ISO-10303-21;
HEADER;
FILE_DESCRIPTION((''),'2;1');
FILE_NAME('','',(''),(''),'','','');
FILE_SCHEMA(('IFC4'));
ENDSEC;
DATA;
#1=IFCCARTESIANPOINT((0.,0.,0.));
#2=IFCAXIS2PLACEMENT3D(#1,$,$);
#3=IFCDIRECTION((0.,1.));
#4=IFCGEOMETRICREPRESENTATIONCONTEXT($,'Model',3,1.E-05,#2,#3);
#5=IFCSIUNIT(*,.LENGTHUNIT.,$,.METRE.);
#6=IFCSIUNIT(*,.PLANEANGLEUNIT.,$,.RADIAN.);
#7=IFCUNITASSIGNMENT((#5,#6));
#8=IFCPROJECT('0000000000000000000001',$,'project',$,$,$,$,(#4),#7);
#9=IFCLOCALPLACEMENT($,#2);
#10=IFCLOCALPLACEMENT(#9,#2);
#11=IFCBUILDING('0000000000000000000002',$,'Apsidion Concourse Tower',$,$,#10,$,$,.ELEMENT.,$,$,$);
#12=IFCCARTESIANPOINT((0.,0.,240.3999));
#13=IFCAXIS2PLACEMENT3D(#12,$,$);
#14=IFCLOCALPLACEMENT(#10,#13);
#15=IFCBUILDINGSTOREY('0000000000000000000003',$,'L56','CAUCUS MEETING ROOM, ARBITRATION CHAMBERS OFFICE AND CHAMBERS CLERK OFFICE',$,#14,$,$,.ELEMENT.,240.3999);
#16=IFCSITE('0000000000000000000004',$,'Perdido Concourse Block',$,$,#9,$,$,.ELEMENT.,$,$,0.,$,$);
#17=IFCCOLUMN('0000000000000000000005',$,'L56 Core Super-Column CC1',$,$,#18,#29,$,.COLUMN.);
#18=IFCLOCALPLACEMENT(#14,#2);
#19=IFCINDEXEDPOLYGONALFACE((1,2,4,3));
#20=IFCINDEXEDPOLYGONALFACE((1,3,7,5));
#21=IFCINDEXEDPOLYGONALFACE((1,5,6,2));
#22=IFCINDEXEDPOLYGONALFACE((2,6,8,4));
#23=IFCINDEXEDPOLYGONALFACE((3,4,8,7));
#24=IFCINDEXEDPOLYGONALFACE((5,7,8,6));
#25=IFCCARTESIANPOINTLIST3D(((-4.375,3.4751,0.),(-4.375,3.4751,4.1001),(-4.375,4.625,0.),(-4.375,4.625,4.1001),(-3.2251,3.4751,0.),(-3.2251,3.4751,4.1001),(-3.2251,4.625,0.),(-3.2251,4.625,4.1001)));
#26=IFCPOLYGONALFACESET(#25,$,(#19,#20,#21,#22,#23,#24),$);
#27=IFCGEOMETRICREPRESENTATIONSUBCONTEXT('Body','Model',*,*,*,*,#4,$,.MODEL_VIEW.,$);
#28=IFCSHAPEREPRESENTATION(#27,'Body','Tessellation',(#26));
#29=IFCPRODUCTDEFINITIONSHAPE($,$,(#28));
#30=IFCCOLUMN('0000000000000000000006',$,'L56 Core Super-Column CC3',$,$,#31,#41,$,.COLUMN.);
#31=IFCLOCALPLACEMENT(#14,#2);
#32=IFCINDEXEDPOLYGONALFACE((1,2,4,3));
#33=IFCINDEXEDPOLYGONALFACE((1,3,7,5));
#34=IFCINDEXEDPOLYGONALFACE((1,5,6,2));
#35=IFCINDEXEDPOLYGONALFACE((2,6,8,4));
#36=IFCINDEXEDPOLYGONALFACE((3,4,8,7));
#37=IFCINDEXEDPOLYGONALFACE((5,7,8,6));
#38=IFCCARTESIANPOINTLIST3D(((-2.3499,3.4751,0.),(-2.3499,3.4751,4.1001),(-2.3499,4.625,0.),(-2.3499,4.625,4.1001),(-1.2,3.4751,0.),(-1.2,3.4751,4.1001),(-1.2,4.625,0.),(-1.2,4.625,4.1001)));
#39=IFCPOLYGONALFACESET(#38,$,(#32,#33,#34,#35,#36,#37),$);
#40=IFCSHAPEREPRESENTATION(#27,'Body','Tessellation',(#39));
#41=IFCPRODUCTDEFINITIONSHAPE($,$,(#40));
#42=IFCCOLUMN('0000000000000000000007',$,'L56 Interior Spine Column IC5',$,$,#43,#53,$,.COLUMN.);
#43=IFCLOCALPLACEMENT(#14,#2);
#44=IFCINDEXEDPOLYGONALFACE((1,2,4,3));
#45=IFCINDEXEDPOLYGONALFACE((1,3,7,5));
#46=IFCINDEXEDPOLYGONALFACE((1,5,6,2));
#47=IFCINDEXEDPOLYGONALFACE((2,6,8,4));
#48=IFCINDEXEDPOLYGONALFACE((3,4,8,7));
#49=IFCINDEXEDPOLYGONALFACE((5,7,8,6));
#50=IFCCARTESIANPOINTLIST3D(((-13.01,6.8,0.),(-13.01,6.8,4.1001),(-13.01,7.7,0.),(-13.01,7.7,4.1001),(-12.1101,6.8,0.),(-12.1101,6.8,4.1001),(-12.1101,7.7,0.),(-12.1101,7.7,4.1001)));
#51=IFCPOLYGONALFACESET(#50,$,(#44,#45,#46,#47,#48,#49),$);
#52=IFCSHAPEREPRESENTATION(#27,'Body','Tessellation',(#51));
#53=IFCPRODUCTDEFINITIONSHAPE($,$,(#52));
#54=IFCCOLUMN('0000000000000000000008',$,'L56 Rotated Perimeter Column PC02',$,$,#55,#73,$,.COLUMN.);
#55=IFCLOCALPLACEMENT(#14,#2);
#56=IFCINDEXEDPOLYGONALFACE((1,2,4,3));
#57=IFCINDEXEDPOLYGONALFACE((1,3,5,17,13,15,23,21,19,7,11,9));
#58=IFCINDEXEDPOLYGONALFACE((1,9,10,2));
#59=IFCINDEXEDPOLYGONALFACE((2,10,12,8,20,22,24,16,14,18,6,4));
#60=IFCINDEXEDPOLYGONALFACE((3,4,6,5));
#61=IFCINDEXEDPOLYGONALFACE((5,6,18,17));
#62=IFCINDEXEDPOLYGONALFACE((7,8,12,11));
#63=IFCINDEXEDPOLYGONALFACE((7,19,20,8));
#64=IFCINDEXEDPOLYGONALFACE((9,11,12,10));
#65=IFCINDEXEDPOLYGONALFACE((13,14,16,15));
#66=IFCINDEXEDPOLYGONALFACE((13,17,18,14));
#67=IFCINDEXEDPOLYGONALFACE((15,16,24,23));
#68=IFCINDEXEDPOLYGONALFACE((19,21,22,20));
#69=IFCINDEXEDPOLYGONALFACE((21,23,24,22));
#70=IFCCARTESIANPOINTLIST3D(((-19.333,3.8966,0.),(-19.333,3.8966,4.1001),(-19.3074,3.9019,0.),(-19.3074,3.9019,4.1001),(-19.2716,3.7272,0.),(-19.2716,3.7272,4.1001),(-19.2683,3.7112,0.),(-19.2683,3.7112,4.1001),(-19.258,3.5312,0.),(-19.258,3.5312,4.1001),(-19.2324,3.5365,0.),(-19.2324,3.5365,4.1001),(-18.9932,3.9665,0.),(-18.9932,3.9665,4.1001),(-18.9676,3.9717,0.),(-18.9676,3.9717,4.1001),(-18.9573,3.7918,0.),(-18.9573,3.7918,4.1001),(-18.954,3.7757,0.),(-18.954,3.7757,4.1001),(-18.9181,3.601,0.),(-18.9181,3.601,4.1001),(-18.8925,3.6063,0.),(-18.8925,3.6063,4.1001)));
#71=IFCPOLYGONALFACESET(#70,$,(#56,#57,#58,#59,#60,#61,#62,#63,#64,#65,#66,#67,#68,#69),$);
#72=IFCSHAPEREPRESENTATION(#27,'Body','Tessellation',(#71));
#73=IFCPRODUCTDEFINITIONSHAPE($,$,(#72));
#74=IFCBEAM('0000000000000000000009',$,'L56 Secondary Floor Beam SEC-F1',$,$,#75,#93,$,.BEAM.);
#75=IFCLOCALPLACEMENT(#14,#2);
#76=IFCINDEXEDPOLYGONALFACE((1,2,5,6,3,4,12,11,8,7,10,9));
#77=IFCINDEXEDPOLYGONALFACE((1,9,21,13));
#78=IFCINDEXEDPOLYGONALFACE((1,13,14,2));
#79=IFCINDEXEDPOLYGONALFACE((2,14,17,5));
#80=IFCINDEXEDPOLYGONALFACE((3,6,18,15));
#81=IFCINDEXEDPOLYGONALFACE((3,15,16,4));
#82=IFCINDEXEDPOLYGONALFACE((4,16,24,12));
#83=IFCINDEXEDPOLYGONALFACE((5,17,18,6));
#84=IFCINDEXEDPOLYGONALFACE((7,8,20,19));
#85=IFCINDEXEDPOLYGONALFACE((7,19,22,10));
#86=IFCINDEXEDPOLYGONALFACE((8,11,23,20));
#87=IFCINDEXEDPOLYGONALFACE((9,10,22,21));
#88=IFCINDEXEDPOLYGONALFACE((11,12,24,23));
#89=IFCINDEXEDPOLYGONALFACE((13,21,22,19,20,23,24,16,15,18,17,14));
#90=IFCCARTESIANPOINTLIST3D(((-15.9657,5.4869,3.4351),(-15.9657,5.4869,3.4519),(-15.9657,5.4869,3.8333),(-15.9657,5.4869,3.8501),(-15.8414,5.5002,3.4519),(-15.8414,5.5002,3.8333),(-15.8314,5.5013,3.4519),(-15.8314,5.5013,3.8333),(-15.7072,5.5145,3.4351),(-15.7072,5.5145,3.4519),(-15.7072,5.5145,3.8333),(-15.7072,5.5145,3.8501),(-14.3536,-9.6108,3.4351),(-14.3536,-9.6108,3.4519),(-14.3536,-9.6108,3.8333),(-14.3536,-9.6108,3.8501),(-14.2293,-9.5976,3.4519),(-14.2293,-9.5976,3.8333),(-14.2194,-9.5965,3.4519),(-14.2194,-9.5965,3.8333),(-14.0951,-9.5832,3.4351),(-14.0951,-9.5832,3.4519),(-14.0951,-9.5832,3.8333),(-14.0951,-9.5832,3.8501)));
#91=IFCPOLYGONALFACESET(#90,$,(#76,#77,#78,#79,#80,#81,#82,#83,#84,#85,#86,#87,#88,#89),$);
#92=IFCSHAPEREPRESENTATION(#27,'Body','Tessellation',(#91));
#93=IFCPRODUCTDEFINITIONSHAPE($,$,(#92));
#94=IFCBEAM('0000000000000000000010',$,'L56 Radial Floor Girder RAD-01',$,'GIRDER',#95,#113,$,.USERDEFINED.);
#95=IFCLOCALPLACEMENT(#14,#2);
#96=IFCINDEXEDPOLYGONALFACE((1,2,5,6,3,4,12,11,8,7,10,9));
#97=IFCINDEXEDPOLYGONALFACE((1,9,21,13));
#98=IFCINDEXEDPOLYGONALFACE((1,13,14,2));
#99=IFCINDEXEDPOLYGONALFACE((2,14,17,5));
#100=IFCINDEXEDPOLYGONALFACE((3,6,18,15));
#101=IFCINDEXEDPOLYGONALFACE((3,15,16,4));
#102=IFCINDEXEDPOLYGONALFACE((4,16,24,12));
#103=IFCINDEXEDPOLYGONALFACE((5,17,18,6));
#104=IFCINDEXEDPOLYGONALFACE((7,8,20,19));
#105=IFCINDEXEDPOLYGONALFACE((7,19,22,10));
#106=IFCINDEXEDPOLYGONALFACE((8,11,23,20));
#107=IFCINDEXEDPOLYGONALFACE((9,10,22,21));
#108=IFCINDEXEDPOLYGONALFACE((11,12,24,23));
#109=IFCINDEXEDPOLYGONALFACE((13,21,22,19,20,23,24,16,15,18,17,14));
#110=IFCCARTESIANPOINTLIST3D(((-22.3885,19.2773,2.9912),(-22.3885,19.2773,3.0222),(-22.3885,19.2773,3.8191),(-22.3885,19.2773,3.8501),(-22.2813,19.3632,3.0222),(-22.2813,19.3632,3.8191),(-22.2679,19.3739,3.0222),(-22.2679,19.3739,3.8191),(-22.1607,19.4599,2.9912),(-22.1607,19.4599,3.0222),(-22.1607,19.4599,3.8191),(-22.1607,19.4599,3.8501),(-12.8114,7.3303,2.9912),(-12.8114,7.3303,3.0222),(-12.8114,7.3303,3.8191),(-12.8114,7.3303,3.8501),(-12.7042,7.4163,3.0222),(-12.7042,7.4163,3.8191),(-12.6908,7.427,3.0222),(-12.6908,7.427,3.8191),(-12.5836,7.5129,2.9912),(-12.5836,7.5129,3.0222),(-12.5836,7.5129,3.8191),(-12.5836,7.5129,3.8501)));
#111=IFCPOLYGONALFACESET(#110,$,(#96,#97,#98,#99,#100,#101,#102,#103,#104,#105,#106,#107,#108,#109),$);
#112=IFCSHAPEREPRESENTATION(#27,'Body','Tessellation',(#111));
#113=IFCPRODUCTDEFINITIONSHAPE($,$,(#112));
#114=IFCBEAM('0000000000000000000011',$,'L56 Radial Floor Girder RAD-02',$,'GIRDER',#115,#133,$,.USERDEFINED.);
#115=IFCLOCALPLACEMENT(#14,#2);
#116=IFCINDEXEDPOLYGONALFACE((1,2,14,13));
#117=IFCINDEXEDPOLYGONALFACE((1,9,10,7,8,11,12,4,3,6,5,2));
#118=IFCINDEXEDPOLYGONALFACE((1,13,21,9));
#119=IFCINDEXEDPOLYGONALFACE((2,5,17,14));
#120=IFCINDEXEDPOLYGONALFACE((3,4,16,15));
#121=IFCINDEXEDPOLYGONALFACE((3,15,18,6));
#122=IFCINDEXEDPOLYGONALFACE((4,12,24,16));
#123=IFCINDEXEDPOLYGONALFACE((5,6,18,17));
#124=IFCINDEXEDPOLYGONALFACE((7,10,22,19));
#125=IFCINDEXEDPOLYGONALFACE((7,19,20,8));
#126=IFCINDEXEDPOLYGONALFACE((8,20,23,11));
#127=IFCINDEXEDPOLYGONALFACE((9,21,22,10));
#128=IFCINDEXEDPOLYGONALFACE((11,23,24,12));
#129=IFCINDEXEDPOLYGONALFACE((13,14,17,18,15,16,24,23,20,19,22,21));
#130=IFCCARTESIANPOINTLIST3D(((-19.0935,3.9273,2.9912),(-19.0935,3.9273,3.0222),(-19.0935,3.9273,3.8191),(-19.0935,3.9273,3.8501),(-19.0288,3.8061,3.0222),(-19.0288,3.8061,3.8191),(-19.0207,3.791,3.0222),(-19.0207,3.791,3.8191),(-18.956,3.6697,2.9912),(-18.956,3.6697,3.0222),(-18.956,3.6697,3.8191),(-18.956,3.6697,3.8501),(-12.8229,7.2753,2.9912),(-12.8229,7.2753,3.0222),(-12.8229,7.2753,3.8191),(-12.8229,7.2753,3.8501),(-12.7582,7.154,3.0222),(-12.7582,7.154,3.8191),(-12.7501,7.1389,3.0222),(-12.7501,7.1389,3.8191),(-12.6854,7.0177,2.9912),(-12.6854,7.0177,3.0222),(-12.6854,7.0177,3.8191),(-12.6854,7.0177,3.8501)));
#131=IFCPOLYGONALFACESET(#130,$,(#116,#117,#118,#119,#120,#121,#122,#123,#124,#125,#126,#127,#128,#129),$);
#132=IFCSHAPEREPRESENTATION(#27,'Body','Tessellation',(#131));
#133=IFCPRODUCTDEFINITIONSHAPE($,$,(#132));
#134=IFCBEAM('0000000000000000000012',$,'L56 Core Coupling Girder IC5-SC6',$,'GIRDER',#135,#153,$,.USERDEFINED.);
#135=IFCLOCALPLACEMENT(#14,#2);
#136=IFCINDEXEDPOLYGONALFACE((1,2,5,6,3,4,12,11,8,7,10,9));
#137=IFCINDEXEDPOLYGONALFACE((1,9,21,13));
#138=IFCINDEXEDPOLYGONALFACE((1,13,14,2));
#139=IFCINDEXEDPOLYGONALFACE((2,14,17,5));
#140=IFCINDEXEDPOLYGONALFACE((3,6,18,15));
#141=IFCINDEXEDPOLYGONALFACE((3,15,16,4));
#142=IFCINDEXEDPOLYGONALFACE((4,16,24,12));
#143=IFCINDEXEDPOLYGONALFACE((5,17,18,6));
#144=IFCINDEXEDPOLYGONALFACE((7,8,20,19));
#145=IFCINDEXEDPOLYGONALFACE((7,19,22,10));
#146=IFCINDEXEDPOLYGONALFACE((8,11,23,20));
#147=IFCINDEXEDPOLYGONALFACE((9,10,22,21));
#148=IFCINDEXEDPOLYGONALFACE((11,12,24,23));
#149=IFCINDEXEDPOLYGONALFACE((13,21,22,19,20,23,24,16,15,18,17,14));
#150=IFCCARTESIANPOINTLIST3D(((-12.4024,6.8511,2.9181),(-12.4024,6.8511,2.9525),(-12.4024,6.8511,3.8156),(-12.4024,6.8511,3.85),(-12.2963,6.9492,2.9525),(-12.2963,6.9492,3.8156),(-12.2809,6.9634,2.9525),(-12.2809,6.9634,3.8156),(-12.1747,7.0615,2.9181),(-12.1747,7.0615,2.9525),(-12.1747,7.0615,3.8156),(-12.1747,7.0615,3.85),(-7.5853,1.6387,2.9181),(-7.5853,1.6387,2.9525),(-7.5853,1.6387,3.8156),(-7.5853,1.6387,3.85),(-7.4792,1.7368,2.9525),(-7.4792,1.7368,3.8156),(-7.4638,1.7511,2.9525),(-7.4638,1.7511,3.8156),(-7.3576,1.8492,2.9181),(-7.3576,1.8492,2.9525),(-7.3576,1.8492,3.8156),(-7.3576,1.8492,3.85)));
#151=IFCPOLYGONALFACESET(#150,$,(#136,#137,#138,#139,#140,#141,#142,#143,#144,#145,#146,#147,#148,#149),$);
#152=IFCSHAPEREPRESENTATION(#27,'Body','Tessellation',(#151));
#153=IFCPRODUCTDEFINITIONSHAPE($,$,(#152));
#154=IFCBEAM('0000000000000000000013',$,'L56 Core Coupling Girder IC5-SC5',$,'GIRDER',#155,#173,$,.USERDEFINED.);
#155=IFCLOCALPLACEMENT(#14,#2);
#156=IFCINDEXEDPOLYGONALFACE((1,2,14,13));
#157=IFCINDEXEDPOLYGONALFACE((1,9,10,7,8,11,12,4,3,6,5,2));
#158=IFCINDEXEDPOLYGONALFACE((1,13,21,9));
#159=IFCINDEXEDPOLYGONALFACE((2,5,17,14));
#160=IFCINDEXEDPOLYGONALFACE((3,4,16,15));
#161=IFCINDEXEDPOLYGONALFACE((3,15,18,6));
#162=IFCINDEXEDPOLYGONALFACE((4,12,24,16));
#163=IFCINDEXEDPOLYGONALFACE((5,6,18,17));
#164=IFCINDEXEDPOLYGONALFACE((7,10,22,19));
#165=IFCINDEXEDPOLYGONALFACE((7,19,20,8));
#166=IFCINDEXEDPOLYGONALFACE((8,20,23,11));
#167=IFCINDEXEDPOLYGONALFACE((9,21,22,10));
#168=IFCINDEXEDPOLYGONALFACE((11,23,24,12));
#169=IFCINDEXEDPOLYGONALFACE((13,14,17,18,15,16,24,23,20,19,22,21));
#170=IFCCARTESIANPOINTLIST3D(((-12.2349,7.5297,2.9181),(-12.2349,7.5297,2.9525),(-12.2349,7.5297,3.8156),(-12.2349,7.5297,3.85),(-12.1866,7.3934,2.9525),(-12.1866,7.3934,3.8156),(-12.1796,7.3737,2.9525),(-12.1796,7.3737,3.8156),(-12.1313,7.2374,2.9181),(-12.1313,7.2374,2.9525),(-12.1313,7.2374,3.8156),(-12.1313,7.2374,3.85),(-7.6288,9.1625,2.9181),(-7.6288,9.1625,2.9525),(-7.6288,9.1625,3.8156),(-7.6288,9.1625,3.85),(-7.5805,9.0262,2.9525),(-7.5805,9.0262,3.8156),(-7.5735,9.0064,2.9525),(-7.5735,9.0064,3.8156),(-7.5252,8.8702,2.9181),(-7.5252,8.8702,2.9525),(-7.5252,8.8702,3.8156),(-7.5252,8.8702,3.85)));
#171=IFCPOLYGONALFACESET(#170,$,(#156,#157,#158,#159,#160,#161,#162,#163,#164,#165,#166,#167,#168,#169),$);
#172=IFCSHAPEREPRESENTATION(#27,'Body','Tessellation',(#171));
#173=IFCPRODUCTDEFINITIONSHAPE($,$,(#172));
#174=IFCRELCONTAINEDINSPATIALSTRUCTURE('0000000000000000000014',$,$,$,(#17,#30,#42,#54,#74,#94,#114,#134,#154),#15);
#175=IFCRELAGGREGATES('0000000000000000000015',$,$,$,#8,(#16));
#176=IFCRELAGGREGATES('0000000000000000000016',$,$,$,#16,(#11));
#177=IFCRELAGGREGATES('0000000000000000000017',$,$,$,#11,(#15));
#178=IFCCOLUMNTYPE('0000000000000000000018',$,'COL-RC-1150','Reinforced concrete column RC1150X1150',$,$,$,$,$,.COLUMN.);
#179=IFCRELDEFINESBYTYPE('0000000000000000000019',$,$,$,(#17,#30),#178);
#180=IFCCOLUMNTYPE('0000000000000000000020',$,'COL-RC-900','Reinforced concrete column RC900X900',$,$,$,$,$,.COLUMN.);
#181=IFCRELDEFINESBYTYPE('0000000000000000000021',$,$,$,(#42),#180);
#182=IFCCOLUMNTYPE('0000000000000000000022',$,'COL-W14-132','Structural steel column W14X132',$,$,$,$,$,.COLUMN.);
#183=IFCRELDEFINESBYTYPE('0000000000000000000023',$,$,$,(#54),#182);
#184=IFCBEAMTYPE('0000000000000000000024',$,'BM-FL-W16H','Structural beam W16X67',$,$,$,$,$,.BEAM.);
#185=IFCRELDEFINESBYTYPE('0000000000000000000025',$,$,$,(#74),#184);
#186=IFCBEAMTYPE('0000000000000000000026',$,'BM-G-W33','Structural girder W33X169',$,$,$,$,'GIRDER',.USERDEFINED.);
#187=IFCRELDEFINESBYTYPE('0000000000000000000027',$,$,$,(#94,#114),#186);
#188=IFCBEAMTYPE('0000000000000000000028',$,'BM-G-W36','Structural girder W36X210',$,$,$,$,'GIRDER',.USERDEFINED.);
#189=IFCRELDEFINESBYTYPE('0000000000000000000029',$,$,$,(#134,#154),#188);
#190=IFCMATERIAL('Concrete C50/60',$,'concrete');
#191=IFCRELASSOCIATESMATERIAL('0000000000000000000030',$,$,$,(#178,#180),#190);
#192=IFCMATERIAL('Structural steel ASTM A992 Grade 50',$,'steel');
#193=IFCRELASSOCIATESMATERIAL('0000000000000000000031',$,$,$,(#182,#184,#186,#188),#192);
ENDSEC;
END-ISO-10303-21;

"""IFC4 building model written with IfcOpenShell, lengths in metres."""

from ifc_helpers import new_model, si_unit, direction, frame, origin, origin_2d, place, context, subcontext, project, spatial, rectangle, i_section, extrude, material, material_profile, profile_set, type_object, element, save


model = new_model("IFC4")

# Units and contexts
model_context = context("Model", 3, precision=1e-05, world=origin(), true_north=direction((0.0, 1.0)))
body_context = subcontext(model_context, "Body", "Model", "MODEL_VIEW")
ifc_project = project(units=[si_unit("LENGTHUNIT", "METRE"), si_unit("PLANEANGLEUNIT", "RADIAN")], contexts=[model_context])

# Site, building, storey
site_placement = place(None, origin())
site = spatial("IfcSite", under=ifc_project, at=site_placement, Name="Perdido Concourse Block", CompositionType="ELEMENT", RefElevation=0.0)
building_placement = place(site_placement, origin())
building = spatial("IfcBuilding", under=site, at=building_placement, Name="Apsidion Concourse Tower", CompositionType="ELEMENT")
storey_placement = place(building_placement, frame((0.0, 0.0, 240.3999)))
storey = spatial("IfcBuildingStorey", under=building, at=storey_placement, Name="L56", Description="CAUCUS MEETING ROOM, ARBITRATION CHAMBERS OFFICE AND CHAMBERS CLERK OFFICE", CompositionType="ELEMENT", Elevation=240.3999)

# Columns
ifc_material_1 = material(Name="Concrete C50/60", Category="concrete")
ifc_material_profile_1 = material_profile(ifc_material_1, rectangle(XDim=1.1499, YDim=1.1499, at=origin_2d()), Name="RC 1150x1150")
ifc_profile_set_1 = profile_set([ifc_material_profile_1], Name="Concrete C50/60")
column_type_1 = type_object("IfcColumnType", Name="COL-RC-1150", Description="Reinforced concrete column RC1150X1150", PredefinedType="COLUMN", material=ifc_profile_set_1)
for number, where, z_axis, x_axis, name in (
    (1, (-3.8, 4.05, 0.0), (0.0, 0.0, 1.0), (1.0, 0.0, 0.0), "L56 Core Super-Column CC1"),
    (2, (-1.7749, 4.05, 0.0), (0.0, 0.0, 1.0), (1.0, 0.0, 0.0), "L56 Core Super-Column CC3"),
):
    element("IfcColumn", number, at=place(storey_placement, frame(where, z_axis=z_axis, x_axis=x_axis)), inside=storey, type_object=column_type_1, Name=name, PredefinedType="COLUMN", context=body_context, shape_type="SweptSolid", body=[
        extrude(rectangle(XDim=1.1499, YDim=1.1499, at=origin_2d()), origin(), (0.0, 0.0, 1.0), 4.1001),
    ])
ifc_material_profile_2 = material_profile(ifc_material_1, rectangle(XDim=0.8999, YDim=0.8999, at=origin_2d()), Name="RC 900x900")
ifc_profile_set_2 = profile_set([ifc_material_profile_2], Name="Concrete C50/60")
column_type_2 = type_object("IfcColumnType", Name="COL-RC-900", Description="Reinforced concrete column RC900X900", PredefinedType="COLUMN", material=ifc_profile_set_2)
column_1_placement = place(storey_placement, frame((-12.5601, 7.25, 0.0), z_axis=(0.0, 0.0, 1.0), x_axis=(1.0, 0.0, 0.0)))
element("IfcColumn", 3, at=column_1_placement, inside=storey, type_object=column_type_2, Name="L56 Interior Spine Column IC5", PredefinedType="COLUMN", context=body_context, shape_type="SweptSolid", body=[
    extrude(rectangle(XDim=0.8999, YDim=0.8999, at=origin_2d()), origin(), (0.0, 0.0, 1.0), 4.1001),
])
ifc_material_2 = material(Name="Structural steel ASTM A992 Grade 50", Category="steel")
ifc_material_profile_3 = material_profile(ifc_material_2, i_section(OverallWidth=0.373, OverallDepth=0.373, WebThickness=0.0164, FlangeThickness=0.0261, at=origin_2d()), Name="W14X132")
ifc_profile_set_3 = profile_set([ifc_material_profile_3], Name="Structural steel ASTM A992 Grade 50")
column_type_3 = type_object("IfcColumnType", Name="COL-W14-132", Description="Structural steel column W14X132", PredefinedType="COLUMN", material=ifc_profile_set_3)
column_2_placement = place(storey_placement, frame((-19.1128, 3.7515, 0.0), z_axis=(0.0, 0.0, 1.0), x_axis=(-0.201249, 0.97954, 0.0)))
element("IfcColumn", 4, at=column_2_placement, inside=storey, type_object=column_type_3, Name="L56 Rotated Perimeter Column PC02", PredefinedType="COLUMN", context=body_context, shape_type="SweptSolid", body=[
    extrude(i_section(OverallWidth=0.373, OverallDepth=0.373, WebThickness=0.0164, FlangeThickness=0.0261, at=origin_2d()), origin(), (0.0, 0.0, 1.0), 4.1001),
])

# Beams
ifc_material_profile_4 = material_profile(ifc_material_2, i_section(OverallWidth=0.26, OverallDepth=0.415, WebThickness=0.01, FlangeThickness=0.0168, at=origin_2d()), Name="W16X67")
ifc_profile_set_4 = profile_set([ifc_material_profile_4], Name="Structural steel ASTM A992 Grade 50")
beam_type_1 = type_object("IfcBeamType", Name="BM-FL-W16H", Description="Structural beam W16X67", PredefinedType="BEAM", material=ifc_profile_set_4)
beam_1_placement = place(storey_placement, frame((-15.8364, 5.5007, 3.6426), z_axis=(0.106172, -0.994348, 0.0), x_axis=(0.994348, 0.106172, 0.0)))
element("IfcBeam", 5, at=beam_1_placement, inside=storey, type_object=beam_type_1, Name="L56 Secondary Floor Beam SEC-F1", PredefinedType="BEAM", context=body_context, shape_type="SweptSolid", body=[
    extrude(i_section(OverallWidth=0.26, OverallDepth=0.415, WebThickness=0.01, FlangeThickness=0.0168, at=origin_2d()), origin(), (0.0, 0.0, 1.0), 15.1836),
])
ifc_material_profile_5 = material_profile(ifc_material_2, i_section(OverallWidth=0.292, OverallDepth=0.8589, WebThickness=0.0171, FlangeThickness=0.031, at=origin_2d()), Name="W33X169")
ifc_profile_set_5 = profile_set([ifc_material_profile_5], Name="Structural steel ASTM A992 Grade 50")
beam_type_2 = type_object("IfcBeamType", Name="BM-G-W33", Description="Structural girder W33X169", ElementType="GIRDER", PredefinedType="USERDEFINED", material=ifc_profile_set_5)
beam_2_placement = place(storey_placement, frame((-12.6975, 7.4216, 3.4207), z_axis=(-0.625473, 0.780246, 0.0), x_axis=(-0.780246, -0.625473, 0.0)))
element("IfcBeam", 6, at=beam_2_placement, inside=storey, type_object=beam_type_2, Name="L56 Radial Floor Girder RAD-01", ObjectType="GIRDER", PredefinedType="USERDEFINED", context=body_context, shape_type="SweptSolid", body=[
    extrude(i_section(OverallWidth=0.292, OverallDepth=0.8589, WebThickness=0.0171, FlangeThickness=0.031, at=origin_2d()), origin(), (0.0, 0.0, 1.0), 15.3118),
])
beam_3_placement = place(storey_placement, frame((-12.7542, 7.1465, 3.4207), z_axis=(-0.882141, -0.470986, 0.0), x_axis=(0.470986, -0.882141, 0.0)))
element("IfcBeam", 7, at=beam_3_placement, inside=storey, type_object=beam_type_2, Name="L56 Radial Floor Girder RAD-02", ObjectType="GIRDER", PredefinedType="USERDEFINED", context=body_context, shape_type="SweptSolid", body=[
    extrude(i_section(OverallWidth=0.292, OverallDepth=0.8589, WebThickness=0.0171, FlangeThickness=0.031, at=origin_2d()), origin(), (0.0, 0.0, 1.0), 7.1084),
])
ifc_material_profile_6 = material_profile(ifc_material_2, i_section(OverallWidth=0.3101, OverallDepth=0.9319, WebThickness=0.021, FlangeThickness=0.0344, at=origin_2d()), Name="W36X210")
ifc_profile_set_6 = profile_set([ifc_material_profile_6], Name="Structural steel ASTM A992 Grade 50")
beam_type_3 = type_object("IfcBeamType", Name="BM-G-W36", Description="Structural girder W36X210", ElementType="GIRDER", PredefinedType="USERDEFINED", material=ifc_profile_set_6)
beam_4_placement = place(storey_placement, frame((-12.2886, 6.9563, 3.384), z_axis=(0.678713, -0.734404, 0.0), x_axis=(0.734404, 0.678713, 0.0)))
element("IfcBeam", 8, at=beam_4_placement, inside=storey, type_object=beam_type_3, Name="L56 Core Coupling Girder IC5-SC6", ObjectType="GIRDER", PredefinedType="USERDEFINED", context=body_context, shape_type="SweptSolid", body=[
    extrude(i_section(OverallWidth=0.3101, OverallDepth=0.9319, WebThickness=0.021, FlangeThickness=0.0344, at=origin_2d()), origin(), (0.0, 0.0, 1.0), 7.0974),
])
beam_5_placement = place(storey_placement, frame((-12.1831, 7.3835, 3.384), z_axis=(0.942534, 0.334111, 0.0), x_axis=(-0.334111, 0.942534, 0.0)))
element("IfcBeam", 9, at=beam_5_placement, inside=storey, type_object=beam_type_3, Name="L56 Core Coupling Girder IC5-SC5", ObjectType="GIRDER", PredefinedType="USERDEFINED", context=body_context, shape_type="SweptSolid", body=[
    extrude(i_section(OverallWidth=0.3101, OverallDepth=0.9319, WebThickness=0.021, FlangeThickness=0.0344, at=origin_2d()), origin(), (0.0, 0.0, 1.0), 4.887),
])

save(model, "model.ifc")
